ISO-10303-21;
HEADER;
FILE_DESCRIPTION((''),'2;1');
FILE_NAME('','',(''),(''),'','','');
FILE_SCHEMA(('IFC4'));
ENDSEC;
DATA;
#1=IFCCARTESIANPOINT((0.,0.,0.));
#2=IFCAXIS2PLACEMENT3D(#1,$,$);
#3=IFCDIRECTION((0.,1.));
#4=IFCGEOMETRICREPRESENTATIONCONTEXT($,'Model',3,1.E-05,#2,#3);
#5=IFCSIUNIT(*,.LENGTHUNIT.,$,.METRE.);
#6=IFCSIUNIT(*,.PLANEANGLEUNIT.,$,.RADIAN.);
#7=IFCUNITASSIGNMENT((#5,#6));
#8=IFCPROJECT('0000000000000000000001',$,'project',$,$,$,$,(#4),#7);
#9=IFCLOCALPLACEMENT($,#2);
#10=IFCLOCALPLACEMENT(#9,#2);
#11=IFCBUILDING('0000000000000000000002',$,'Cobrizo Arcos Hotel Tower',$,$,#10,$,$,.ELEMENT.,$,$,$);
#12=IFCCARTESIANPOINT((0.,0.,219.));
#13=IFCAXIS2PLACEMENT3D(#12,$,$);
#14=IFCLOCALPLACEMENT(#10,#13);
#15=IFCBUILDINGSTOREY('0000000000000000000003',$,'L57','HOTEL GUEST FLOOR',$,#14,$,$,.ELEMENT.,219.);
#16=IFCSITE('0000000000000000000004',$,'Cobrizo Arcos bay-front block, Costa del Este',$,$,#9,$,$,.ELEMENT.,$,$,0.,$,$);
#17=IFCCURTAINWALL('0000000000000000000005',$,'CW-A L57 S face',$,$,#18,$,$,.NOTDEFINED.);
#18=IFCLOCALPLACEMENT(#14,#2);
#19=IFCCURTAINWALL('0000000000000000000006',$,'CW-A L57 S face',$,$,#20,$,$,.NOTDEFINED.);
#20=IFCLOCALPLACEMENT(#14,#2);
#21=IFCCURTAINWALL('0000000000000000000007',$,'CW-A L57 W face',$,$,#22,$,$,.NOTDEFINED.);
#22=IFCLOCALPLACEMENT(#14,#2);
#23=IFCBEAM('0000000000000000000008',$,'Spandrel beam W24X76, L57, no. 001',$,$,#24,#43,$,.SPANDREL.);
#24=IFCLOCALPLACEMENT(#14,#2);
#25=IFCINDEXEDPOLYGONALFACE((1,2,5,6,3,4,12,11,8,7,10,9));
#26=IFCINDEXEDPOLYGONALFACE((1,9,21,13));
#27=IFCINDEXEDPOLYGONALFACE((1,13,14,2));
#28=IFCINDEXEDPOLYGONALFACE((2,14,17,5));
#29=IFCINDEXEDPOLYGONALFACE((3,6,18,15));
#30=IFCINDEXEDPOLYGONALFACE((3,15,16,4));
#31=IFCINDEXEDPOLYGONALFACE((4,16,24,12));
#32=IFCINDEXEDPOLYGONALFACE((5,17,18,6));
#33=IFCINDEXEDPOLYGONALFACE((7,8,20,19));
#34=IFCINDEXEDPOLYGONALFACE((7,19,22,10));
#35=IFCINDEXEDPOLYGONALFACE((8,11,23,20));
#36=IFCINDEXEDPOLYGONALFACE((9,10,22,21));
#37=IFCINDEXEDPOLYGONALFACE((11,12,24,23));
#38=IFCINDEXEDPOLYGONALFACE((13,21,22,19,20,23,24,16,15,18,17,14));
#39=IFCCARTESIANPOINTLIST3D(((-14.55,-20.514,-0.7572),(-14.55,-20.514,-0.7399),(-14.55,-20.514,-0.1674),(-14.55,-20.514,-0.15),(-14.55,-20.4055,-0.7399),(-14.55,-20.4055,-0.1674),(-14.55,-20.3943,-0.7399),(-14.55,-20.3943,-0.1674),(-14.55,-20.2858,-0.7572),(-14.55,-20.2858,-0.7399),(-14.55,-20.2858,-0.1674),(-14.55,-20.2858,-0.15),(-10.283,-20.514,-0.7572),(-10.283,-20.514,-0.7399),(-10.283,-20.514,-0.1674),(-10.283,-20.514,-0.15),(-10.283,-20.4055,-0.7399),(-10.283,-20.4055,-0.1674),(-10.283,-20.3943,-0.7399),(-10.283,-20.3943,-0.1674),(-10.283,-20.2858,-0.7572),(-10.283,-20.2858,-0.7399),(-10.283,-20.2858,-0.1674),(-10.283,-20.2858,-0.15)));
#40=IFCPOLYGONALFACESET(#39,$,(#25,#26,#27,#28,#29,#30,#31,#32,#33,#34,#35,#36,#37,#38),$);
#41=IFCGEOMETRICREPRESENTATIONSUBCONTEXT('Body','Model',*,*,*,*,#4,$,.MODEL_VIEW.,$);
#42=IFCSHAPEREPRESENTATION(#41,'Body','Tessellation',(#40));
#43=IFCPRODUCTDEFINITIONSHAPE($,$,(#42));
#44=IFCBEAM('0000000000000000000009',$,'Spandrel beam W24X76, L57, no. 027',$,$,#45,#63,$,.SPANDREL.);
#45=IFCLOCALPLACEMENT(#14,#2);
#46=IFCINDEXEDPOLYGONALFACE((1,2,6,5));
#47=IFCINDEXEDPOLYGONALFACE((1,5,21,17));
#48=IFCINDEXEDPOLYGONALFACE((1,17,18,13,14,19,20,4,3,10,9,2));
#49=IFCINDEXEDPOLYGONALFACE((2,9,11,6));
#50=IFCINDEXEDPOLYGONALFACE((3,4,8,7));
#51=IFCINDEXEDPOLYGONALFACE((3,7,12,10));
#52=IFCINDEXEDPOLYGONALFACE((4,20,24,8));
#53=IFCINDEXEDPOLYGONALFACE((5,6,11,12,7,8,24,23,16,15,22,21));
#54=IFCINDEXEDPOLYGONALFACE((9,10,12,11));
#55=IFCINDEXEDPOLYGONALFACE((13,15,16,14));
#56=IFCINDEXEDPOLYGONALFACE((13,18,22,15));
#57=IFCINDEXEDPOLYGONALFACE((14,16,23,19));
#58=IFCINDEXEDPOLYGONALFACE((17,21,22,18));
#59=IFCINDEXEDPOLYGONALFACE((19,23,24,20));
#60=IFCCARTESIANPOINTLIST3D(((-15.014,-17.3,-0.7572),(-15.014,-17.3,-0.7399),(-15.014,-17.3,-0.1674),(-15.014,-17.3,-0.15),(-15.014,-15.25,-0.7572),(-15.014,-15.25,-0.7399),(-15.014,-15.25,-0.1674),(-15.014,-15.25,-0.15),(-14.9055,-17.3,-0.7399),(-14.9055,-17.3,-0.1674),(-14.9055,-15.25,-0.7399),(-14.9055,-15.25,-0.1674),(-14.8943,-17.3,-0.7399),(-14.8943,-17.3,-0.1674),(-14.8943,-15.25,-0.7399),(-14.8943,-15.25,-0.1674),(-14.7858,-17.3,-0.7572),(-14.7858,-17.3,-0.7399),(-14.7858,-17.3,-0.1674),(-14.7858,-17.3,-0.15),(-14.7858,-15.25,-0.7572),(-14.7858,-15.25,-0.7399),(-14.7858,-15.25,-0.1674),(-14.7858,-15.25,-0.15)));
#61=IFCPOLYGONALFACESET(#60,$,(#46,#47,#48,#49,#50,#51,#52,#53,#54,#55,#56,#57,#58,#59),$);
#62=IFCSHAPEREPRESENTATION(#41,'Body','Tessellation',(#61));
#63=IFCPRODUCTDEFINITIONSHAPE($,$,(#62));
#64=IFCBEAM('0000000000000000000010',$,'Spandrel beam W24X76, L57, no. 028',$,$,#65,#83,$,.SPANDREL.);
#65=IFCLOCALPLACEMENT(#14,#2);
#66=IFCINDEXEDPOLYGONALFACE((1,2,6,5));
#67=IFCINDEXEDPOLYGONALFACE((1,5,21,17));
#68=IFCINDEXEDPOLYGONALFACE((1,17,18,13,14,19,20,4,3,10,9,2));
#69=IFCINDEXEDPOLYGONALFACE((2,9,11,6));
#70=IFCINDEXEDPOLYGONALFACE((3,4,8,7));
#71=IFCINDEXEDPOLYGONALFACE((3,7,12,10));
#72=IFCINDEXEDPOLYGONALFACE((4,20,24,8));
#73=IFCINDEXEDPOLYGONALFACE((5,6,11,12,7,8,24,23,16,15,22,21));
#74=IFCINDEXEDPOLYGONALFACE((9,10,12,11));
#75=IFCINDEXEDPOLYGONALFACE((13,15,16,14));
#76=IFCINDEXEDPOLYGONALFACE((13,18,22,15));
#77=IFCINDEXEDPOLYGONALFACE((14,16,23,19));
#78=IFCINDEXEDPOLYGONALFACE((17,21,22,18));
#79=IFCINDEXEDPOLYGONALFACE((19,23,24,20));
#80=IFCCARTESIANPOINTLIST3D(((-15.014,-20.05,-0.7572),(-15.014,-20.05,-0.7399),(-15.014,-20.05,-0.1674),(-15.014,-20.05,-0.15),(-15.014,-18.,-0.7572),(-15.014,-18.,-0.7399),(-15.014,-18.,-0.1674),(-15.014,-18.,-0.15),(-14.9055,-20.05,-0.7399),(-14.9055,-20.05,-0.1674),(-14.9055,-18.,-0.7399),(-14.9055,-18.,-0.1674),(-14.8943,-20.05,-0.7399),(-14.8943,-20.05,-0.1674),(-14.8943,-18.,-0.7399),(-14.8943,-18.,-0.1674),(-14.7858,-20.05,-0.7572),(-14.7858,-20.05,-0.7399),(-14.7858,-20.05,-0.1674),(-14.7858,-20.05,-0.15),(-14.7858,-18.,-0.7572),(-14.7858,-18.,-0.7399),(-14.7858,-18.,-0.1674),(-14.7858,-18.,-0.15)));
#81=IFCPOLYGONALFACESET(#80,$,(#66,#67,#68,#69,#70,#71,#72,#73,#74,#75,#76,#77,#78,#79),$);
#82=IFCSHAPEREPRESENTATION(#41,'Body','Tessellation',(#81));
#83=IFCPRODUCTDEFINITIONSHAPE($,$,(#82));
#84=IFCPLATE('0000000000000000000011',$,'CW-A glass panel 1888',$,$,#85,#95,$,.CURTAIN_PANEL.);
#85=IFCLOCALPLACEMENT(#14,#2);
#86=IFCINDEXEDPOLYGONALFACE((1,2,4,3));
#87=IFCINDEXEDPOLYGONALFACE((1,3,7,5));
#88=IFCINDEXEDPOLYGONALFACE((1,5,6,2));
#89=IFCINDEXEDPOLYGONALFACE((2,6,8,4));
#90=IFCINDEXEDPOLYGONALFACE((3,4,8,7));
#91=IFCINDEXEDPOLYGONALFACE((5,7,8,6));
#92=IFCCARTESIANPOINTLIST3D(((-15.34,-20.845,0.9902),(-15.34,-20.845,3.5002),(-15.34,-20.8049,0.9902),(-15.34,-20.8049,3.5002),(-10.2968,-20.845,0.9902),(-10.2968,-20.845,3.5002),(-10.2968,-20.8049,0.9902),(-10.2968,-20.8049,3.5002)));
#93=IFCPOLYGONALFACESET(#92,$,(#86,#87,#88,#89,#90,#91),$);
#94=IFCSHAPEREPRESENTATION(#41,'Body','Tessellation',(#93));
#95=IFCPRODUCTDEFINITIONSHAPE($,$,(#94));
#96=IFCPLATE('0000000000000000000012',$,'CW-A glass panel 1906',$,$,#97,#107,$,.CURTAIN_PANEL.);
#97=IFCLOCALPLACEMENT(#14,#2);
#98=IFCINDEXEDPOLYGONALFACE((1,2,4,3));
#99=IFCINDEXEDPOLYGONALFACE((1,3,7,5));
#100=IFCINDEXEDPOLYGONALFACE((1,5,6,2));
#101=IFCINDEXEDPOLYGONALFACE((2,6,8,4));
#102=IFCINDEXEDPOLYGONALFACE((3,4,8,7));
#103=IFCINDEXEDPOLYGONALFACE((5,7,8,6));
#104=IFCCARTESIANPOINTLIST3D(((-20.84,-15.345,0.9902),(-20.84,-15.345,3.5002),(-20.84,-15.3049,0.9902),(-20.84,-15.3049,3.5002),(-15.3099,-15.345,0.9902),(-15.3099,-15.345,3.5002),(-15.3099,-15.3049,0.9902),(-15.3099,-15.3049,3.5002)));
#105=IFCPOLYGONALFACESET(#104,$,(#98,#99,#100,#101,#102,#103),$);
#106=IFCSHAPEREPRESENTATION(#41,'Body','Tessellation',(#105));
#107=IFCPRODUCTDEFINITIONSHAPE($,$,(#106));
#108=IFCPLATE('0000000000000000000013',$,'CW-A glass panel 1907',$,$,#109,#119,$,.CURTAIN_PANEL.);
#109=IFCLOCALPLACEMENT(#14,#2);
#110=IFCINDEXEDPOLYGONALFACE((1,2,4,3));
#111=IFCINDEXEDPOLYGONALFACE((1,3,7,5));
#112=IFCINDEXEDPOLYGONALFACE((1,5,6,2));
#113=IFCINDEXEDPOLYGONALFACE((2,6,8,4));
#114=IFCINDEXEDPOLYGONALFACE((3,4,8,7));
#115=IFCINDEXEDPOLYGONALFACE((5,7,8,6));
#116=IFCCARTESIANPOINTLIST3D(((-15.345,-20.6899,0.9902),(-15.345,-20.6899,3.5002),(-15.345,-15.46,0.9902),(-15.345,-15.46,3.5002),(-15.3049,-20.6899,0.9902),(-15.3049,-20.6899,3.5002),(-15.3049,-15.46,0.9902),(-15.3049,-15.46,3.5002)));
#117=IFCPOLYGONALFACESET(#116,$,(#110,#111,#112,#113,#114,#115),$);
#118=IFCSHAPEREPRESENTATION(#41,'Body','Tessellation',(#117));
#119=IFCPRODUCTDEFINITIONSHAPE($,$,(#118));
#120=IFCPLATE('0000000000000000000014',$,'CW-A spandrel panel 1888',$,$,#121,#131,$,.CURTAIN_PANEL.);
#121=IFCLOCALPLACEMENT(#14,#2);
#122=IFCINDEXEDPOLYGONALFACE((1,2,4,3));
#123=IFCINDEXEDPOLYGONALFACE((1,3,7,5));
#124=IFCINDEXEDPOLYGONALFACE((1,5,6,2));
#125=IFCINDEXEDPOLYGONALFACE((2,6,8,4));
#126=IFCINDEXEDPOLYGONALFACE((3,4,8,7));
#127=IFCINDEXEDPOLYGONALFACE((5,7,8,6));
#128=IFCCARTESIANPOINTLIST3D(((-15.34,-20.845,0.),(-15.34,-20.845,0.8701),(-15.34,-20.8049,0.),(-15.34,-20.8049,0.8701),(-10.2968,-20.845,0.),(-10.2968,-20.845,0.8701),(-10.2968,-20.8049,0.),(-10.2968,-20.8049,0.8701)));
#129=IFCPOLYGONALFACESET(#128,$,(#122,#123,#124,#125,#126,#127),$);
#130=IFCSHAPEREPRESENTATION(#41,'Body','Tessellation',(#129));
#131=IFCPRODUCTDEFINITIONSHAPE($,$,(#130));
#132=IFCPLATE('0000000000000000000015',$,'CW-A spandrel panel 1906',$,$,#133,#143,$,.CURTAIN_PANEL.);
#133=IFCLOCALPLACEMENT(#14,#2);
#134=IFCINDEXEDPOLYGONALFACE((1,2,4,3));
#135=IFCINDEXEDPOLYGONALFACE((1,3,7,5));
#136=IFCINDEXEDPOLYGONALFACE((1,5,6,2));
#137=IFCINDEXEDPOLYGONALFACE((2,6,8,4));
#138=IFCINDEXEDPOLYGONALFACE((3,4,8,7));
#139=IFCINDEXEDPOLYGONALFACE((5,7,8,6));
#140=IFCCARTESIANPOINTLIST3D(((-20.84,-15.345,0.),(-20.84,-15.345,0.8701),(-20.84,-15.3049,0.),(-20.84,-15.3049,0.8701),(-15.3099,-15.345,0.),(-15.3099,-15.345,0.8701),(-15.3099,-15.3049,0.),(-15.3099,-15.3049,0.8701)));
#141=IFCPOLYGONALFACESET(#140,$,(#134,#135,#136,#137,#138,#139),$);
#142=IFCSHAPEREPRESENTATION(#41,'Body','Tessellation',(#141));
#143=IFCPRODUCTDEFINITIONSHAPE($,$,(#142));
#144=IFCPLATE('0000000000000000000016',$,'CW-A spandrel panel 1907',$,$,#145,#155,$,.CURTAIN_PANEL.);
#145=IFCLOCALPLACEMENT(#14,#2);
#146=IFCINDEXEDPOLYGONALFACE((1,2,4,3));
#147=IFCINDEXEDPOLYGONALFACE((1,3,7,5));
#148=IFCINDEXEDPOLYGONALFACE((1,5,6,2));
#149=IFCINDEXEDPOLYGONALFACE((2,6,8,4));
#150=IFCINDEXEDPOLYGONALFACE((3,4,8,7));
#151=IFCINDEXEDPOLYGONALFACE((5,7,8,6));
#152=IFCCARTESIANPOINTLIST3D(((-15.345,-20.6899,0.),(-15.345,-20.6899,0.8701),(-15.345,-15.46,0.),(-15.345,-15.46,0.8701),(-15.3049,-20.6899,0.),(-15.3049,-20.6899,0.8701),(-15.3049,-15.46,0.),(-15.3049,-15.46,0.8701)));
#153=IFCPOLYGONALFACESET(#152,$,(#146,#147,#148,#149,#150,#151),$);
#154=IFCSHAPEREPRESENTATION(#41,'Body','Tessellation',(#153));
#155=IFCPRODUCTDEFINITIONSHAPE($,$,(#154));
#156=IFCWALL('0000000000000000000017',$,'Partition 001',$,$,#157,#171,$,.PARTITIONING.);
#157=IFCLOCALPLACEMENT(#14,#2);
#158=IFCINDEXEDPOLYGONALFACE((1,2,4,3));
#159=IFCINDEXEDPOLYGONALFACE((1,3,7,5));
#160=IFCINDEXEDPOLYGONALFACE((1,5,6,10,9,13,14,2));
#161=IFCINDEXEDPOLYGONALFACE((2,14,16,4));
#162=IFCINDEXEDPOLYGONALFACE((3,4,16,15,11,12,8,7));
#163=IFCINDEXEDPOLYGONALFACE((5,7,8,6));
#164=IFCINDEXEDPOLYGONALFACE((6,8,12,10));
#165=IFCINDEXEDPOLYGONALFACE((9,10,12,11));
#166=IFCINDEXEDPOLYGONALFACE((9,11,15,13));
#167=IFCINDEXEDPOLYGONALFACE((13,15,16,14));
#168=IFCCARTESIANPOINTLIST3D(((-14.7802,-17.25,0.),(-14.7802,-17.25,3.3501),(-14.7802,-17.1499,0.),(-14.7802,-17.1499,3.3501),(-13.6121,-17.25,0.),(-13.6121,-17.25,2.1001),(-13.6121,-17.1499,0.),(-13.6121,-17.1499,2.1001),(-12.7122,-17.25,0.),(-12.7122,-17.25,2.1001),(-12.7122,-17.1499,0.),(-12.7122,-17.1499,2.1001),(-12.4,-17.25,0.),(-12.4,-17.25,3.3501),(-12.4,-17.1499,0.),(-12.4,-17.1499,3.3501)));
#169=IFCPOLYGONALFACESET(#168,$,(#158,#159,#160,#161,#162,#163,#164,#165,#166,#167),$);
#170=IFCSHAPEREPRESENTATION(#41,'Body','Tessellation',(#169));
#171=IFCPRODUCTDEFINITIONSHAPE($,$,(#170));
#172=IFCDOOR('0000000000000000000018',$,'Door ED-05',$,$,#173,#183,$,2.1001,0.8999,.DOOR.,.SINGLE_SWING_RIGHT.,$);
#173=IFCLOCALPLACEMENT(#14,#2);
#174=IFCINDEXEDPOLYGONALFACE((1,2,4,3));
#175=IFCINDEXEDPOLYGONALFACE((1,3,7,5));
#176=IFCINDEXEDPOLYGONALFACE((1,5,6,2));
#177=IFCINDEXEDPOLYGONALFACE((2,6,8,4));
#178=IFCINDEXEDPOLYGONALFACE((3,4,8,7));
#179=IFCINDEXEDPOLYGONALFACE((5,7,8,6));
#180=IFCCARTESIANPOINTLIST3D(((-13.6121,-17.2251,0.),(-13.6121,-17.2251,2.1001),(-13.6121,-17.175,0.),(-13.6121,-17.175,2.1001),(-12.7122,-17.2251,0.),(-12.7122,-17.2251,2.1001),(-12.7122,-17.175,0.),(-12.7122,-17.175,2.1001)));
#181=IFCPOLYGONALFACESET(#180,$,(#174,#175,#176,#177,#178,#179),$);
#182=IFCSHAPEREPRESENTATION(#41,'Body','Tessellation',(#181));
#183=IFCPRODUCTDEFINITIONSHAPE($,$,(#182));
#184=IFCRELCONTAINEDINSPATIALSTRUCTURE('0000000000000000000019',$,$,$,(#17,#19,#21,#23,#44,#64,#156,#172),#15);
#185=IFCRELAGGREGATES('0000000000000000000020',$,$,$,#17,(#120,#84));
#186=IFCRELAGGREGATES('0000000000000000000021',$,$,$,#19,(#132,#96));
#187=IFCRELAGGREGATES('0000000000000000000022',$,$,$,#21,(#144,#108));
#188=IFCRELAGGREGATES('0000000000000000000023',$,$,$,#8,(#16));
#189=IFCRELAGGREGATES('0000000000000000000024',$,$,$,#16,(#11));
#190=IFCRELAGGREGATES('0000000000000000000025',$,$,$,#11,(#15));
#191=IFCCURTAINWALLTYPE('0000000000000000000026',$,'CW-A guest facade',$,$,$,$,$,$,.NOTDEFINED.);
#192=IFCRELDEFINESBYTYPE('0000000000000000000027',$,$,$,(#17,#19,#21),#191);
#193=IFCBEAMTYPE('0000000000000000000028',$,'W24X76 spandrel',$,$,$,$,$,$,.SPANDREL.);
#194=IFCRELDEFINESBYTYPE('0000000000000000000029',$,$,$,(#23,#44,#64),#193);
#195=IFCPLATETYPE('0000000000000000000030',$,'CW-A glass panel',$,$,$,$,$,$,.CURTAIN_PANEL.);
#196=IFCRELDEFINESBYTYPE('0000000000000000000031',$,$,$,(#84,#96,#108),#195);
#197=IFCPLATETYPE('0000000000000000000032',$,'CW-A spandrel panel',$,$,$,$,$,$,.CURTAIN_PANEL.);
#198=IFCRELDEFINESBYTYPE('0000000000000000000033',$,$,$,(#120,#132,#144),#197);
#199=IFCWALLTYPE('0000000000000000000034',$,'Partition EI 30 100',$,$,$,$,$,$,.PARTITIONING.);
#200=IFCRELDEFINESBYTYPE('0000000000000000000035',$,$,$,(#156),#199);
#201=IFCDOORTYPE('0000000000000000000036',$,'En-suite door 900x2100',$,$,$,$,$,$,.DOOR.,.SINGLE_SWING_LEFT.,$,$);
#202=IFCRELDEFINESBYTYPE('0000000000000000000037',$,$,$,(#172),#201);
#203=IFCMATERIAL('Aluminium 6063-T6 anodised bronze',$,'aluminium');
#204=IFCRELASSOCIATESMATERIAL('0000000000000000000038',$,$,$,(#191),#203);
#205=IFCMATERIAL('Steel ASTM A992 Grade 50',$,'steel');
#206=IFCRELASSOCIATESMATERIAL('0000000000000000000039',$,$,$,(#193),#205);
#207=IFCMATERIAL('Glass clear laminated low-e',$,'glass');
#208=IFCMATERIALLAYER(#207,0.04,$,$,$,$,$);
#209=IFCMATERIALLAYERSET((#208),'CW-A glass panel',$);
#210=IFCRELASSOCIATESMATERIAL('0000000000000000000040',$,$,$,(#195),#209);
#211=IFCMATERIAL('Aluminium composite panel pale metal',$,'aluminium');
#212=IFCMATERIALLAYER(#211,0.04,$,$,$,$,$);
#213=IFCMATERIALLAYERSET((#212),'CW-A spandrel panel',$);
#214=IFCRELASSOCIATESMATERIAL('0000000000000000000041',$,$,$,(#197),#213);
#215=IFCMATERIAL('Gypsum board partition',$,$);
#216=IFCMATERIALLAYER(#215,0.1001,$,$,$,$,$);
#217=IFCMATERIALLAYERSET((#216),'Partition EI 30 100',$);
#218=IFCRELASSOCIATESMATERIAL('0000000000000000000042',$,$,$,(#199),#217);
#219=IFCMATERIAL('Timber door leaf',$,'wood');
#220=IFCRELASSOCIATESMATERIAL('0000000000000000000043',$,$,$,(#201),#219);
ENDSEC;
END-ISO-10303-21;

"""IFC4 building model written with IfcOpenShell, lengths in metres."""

from ifc_helpers import new_model, si_unit, direction, frame, frame_2d, origin, origin_2d, place, context, subcontext, project, spatial, rectangle, i_section, extrude, material, layer, layer_set, material_profile, profile_set, type_object, element, fill, aggregate, save


model = new_model("IFC4")

# Units and contexts
model_context = context("Model", 3, precision=1e-05, world=origin(), true_north=direction((0.0, 1.0)))
body_context = subcontext(model_context, "Body", "Model", "MODEL_VIEW")
ifc_project = project(units=[si_unit("LENGTHUNIT", "METRE"), si_unit("PLANEANGLEUNIT", "RADIAN")], contexts=[model_context])

# Site, building, storey
site_placement = place(None, origin())
site = spatial("IfcSite", under=ifc_project, at=site_placement, Name="Cobrizo Arcos bay-front block, Costa del Este", CompositionType="ELEMENT", RefElevation=0.0)
building_placement = place(site_placement, origin())
building = spatial("IfcBuilding", under=site, at=building_placement, Name="Cobrizo Arcos Hotel Tower", CompositionType="ELEMENT")
storey_placement = place(building_placement, frame((0.0, 0.0, 219.0)))
storey = spatial("IfcBuildingStorey", under=building, at=storey_placement, Name="L57", Description="HOTEL GUEST FLOOR", CompositionType="ELEMENT", Elevation=219.0)

# Curtain wall
ifc_material_1 = material(Name="Aluminium 6063-T6 anodised bronze", Category="aluminium")
curtain_wall_type = type_object("IfcCurtainWallType", Name="CW-A guest facade", PredefinedType="NOTDEFINED", material=ifc_material_1)
curtain_wall_1_placement = place(storey_placement, origin())
curtain_wall_1 = element("IfcCurtainWall", 1, at=curtain_wall_1_placement, inside=storey, type_object=curtain_wall_type, Name="CW-A L57 S face", PredefinedType="NOTDEFINED")

# Curtain walls
curtain_wall_2_placement = place(storey_placement, origin())
curtain_wall_2 = element("IfcCurtainWall", 2, at=curtain_wall_2_placement, inside=storey, type_object=curtain_wall_type, Name="CW-A L57 S face", PredefinedType="NOTDEFINED")
curtain_wall_3_placement = place(storey_placement, origin())
curtain_wall_3 = element("IfcCurtainWall", 3, at=curtain_wall_3_placement, inside=storey, type_object=curtain_wall_type, Name="CW-A L57 W face", PredefinedType="NOTDEFINED")

# Beams
ifc_material_2 = material(Name="Steel ASTM A992 Grade 50", Category="steel")
ifc_material_profile_1 = material_profile(ifc_material_2, i_section(OverallWidth=0.2283, OverallDepth=0.6072, WebThickness=0.0112, FlangeThickness=0.0173, at=origin_2d()), Name="W24X76")
ifc_profile_set_1 = profile_set([ifc_material_profile_1], Name="Steel ASTM A992 Grade 50")
beam_type_1 = type_object("IfcBeamType", Name="W24X76 spandrel", PredefinedType="SPANDREL", material=ifc_profile_set_1)
beam_1_placement = place(storey_placement, frame((-14.55, -20.3999, -0.4536), z_axis=(1.0, 0.0, 0.0), x_axis=(0.0, 1.0, 0.0)))
element("IfcBeam", 4, at=beam_1_placement, inside=storey, type_object=beam_type_1, Name="Spandrel beam W24X76, L57, no. 001", PredefinedType="SPANDREL", context=body_context, shape_type="SweptSolid", body=[
    extrude(i_section(OverallWidth=0.2283, OverallDepth=0.6072, WebThickness=0.0112, FlangeThickness=0.0173, at=origin_2d()), origin(), (0.0, 0.0, 1.0), 4.2671),
])
for number, where, z_axis, x_axis, name in (
    (5, (-14.8999, -15.25, -0.4536), (0.0, -1.0, 0.0), (1.0, 0.0, 0.0), "Spandrel beam W24X76, L57, no. 027"),
    (6, (-14.8999, -18.0, -0.4536), (0.0, -1.0, 0.0), (1.0, 0.0, 0.0), "Spandrel beam W24X76, L57, no. 028"),
):
    element("IfcBeam", number, at=place(storey_placement, frame(where, z_axis=z_axis, x_axis=x_axis)), inside=storey, type_object=beam_type_1, Name=name, PredefinedType="SPANDREL", context=body_context, shape_type="SweptSolid", body=[
        extrude(i_section(OverallWidth=0.2283, OverallDepth=0.6072, WebThickness=0.0112, FlangeThickness=0.0173, at=origin_2d()), origin(), (0.0, 0.0, 1.0), 2.05),
    ])

# Plates
ifc_material_3 = material(Name="Glass clear laminated low-e", Category="glass")
ifc_layer_1 = layer(ifc_material_3, 0.04)
ifc_layer_set_1 = layer_set([ifc_layer_1], Name="CW-A glass panel")
plate_type_1 = type_object("IfcPlateType", Name="CW-A glass panel", PredefinedType="CURTAIN_PANEL", material=ifc_layer_set_1)
plate_1_placement = place(storey_placement, frame((-12.8184, -20.825, 0.9902), z_axis=(0.0, 0.0, 1.0), x_axis=(1.0, 0.0, 0.0)))
plate_1 = element("IfcPlate", 7, at=plate_1_placement, type_object=plate_type_1, Name="CW-A glass panel 1888", PredefinedType="CURTAIN_PANEL", context=body_context, shape_type="SweptSolid", body=[
    extrude(rectangle(XDim=5.0432, YDim=0.04, at=origin_2d()), origin(), (0.0, 0.0, 1.0), 2.51),
])
plate_2_placement = place(storey_placement, frame((-18.075, -15.325, 0.9902), z_axis=(0.0, 0.0, 1.0), x_axis=(1.0, 0.0, 0.0)))
plate_2 = element("IfcPlate", 8, at=plate_2_placement, type_object=plate_type_1, Name="CW-A glass panel 1906", PredefinedType="CURTAIN_PANEL", context=body_context, shape_type="SweptSolid", body=[
    extrude(rectangle(XDim=5.53, YDim=0.04, at=origin_2d()), origin(), (0.0, 0.0, 1.0), 2.51),
])
plate_3_placement = place(storey_placement, frame((-15.325, -18.075, 0.9902), z_axis=(0.0, 0.0, 1.0), x_axis=(0.0, -1.0, 0.0)))
plate_3 = element("IfcPlate", 9, at=plate_3_placement, type_object=plate_type_1, Name="CW-A glass panel 1907", PredefinedType="CURTAIN_PANEL", context=body_context, shape_type="SweptSolid", body=[
    extrude(rectangle(XDim=5.23, YDim=0.04, at=origin_2d()), origin(), (0.0, 0.0, 1.0), 2.51),
])
ifc_material_4 = material(Name="Aluminium composite panel pale metal", Category="aluminium")
ifc_layer_2 = layer(ifc_material_4, 0.04)
ifc_layer_set_2 = layer_set([ifc_layer_2], Name="CW-A spandrel panel")
plate_type_2 = type_object("IfcPlateType", Name="CW-A spandrel panel", PredefinedType="CURTAIN_PANEL", material=ifc_layer_set_2)
plate_4_placement = place(storey_placement, frame((-12.8184, -20.825, 0.0), z_axis=(0.0, 0.0, 1.0), x_axis=(1.0, 0.0, 0.0)))
plate_4 = element("IfcPlate", 10, at=plate_4_placement, type_object=plate_type_2, Name="CW-A spandrel panel 1888", PredefinedType="CURTAIN_PANEL", context=body_context, shape_type="SweptSolid", body=[
    extrude(rectangle(XDim=5.0432, YDim=0.04, at=origin_2d()), origin(), (0.0, 0.0, 1.0), 0.8701),
])
aggregate(curtain_wall_1, [plate_4, plate_1])
plate_5_placement = place(storey_placement, frame((-18.075, -15.325, 0.0), z_axis=(0.0, 0.0, 1.0), x_axis=(1.0, 0.0, 0.0)))
plate_5 = element("IfcPlate", 11, at=plate_5_placement, type_object=plate_type_2, Name="CW-A spandrel panel 1906", PredefinedType="CURTAIN_PANEL", context=body_context, shape_type="SweptSolid", body=[
    extrude(rectangle(XDim=5.53, YDim=0.04, at=origin_2d()), origin(), (0.0, 0.0, 1.0), 0.8701),
])
aggregate(curtain_wall_2, [plate_5, plate_2])
plate_6_placement = place(storey_placement, frame((-15.325, -18.075, 0.0), z_axis=(0.0, 0.0, 1.0), x_axis=(0.0, -1.0, 0.0)))
plate_6 = element("IfcPlate", 12, at=plate_6_placement, type_object=plate_type_2, Name="CW-A spandrel panel 1907", PredefinedType="CURTAIN_PANEL", context=body_context, shape_type="SweptSolid", body=[
    extrude(rectangle(XDim=5.23, YDim=0.04, at=origin_2d()), origin(), (0.0, 0.0, 1.0), 0.8701),
])
aggregate(curtain_wall_3, [plate_6, plate_3])

# Wall, opening, door
ifc_material_5 = material(Name="Gypsum board partition")
ifc_layer_3 = layer(ifc_material_5, 0.1001)
ifc_layer_set_3 = layer_set([ifc_layer_3], Name="Partition EI 30 100")
wall_type = type_object("IfcWallType", Name="Partition EI 30 100", PredefinedType="PARTITIONING", material=ifc_layer_set_3)
wall_placement = place(storey_placement, frame((-14.78, -17.2, 0.0), z_axis=(0.0, 0.0, 1.0), x_axis=(1.0, 0.0, 0.0)))
wall = element("IfcWall", 13, at=wall_placement, inside=storey, type_object=wall_type, Name="Partition 001", PredefinedType="PARTITIONING", context=body_context, shape_type="SweptSolid", body=[
    extrude(rectangle(XDim=2.3801, YDim=0.1001, at=frame_2d((1.1899, 0.0))), origin(), (0.0, 0.0, 1.0), 3.3501),
])
opening_placement = place(wall_placement, frame((1.168, 0.0, 0.0)))
opening = element("IfcOpeningElement", 14, at=opening_placement, cuts=wall, PredefinedType="OPENING", context=body_context, shape_type="SweptSolid", body=[
    extrude(rectangle(XDim=0.8999, YDim=2.1001, at=frame_2d((0.45, 1.05))), frame((0.0, 0.062, 0.0), z_axis=(0.0, -1.0, 0.0), x_axis=(1.0, 0.0, 0.0)), (0.0, 0.0, 1.0), 0.124),
])
ifc_material_6 = material(Name="Timber door leaf", Category="wood")
door_type = type_object("IfcDoorType", Name="En-suite door 900x2100", OperationType="SINGLE_SWING_LEFT", PredefinedType="DOOR", material=ifc_material_6)
door_placement = place(opening_placement, origin())
door = element("IfcDoor", 15, at=door_placement, inside=storey, type_object=door_type, Name="Door ED-05", OperationType="SINGLE_SWING_RIGHT", OverallHeight=2.1001, OverallWidth=0.8999, PredefinedType="DOOR", context=body_context, shape_type="SweptSolid", body=[
    extrude(rectangle(XDim=0.8999, YDim=2.1001, at=frame_2d((0.45, 1.05))), frame((0.0, 0.0249, 0.0), z_axis=(0.0, -1.0, 0.0), x_axis=(1.0, 0.0, 0.0)), (0.0, 0.0, 1.0), 0.05),
])
fill(opening, door)

save(model, "model.ifc")
